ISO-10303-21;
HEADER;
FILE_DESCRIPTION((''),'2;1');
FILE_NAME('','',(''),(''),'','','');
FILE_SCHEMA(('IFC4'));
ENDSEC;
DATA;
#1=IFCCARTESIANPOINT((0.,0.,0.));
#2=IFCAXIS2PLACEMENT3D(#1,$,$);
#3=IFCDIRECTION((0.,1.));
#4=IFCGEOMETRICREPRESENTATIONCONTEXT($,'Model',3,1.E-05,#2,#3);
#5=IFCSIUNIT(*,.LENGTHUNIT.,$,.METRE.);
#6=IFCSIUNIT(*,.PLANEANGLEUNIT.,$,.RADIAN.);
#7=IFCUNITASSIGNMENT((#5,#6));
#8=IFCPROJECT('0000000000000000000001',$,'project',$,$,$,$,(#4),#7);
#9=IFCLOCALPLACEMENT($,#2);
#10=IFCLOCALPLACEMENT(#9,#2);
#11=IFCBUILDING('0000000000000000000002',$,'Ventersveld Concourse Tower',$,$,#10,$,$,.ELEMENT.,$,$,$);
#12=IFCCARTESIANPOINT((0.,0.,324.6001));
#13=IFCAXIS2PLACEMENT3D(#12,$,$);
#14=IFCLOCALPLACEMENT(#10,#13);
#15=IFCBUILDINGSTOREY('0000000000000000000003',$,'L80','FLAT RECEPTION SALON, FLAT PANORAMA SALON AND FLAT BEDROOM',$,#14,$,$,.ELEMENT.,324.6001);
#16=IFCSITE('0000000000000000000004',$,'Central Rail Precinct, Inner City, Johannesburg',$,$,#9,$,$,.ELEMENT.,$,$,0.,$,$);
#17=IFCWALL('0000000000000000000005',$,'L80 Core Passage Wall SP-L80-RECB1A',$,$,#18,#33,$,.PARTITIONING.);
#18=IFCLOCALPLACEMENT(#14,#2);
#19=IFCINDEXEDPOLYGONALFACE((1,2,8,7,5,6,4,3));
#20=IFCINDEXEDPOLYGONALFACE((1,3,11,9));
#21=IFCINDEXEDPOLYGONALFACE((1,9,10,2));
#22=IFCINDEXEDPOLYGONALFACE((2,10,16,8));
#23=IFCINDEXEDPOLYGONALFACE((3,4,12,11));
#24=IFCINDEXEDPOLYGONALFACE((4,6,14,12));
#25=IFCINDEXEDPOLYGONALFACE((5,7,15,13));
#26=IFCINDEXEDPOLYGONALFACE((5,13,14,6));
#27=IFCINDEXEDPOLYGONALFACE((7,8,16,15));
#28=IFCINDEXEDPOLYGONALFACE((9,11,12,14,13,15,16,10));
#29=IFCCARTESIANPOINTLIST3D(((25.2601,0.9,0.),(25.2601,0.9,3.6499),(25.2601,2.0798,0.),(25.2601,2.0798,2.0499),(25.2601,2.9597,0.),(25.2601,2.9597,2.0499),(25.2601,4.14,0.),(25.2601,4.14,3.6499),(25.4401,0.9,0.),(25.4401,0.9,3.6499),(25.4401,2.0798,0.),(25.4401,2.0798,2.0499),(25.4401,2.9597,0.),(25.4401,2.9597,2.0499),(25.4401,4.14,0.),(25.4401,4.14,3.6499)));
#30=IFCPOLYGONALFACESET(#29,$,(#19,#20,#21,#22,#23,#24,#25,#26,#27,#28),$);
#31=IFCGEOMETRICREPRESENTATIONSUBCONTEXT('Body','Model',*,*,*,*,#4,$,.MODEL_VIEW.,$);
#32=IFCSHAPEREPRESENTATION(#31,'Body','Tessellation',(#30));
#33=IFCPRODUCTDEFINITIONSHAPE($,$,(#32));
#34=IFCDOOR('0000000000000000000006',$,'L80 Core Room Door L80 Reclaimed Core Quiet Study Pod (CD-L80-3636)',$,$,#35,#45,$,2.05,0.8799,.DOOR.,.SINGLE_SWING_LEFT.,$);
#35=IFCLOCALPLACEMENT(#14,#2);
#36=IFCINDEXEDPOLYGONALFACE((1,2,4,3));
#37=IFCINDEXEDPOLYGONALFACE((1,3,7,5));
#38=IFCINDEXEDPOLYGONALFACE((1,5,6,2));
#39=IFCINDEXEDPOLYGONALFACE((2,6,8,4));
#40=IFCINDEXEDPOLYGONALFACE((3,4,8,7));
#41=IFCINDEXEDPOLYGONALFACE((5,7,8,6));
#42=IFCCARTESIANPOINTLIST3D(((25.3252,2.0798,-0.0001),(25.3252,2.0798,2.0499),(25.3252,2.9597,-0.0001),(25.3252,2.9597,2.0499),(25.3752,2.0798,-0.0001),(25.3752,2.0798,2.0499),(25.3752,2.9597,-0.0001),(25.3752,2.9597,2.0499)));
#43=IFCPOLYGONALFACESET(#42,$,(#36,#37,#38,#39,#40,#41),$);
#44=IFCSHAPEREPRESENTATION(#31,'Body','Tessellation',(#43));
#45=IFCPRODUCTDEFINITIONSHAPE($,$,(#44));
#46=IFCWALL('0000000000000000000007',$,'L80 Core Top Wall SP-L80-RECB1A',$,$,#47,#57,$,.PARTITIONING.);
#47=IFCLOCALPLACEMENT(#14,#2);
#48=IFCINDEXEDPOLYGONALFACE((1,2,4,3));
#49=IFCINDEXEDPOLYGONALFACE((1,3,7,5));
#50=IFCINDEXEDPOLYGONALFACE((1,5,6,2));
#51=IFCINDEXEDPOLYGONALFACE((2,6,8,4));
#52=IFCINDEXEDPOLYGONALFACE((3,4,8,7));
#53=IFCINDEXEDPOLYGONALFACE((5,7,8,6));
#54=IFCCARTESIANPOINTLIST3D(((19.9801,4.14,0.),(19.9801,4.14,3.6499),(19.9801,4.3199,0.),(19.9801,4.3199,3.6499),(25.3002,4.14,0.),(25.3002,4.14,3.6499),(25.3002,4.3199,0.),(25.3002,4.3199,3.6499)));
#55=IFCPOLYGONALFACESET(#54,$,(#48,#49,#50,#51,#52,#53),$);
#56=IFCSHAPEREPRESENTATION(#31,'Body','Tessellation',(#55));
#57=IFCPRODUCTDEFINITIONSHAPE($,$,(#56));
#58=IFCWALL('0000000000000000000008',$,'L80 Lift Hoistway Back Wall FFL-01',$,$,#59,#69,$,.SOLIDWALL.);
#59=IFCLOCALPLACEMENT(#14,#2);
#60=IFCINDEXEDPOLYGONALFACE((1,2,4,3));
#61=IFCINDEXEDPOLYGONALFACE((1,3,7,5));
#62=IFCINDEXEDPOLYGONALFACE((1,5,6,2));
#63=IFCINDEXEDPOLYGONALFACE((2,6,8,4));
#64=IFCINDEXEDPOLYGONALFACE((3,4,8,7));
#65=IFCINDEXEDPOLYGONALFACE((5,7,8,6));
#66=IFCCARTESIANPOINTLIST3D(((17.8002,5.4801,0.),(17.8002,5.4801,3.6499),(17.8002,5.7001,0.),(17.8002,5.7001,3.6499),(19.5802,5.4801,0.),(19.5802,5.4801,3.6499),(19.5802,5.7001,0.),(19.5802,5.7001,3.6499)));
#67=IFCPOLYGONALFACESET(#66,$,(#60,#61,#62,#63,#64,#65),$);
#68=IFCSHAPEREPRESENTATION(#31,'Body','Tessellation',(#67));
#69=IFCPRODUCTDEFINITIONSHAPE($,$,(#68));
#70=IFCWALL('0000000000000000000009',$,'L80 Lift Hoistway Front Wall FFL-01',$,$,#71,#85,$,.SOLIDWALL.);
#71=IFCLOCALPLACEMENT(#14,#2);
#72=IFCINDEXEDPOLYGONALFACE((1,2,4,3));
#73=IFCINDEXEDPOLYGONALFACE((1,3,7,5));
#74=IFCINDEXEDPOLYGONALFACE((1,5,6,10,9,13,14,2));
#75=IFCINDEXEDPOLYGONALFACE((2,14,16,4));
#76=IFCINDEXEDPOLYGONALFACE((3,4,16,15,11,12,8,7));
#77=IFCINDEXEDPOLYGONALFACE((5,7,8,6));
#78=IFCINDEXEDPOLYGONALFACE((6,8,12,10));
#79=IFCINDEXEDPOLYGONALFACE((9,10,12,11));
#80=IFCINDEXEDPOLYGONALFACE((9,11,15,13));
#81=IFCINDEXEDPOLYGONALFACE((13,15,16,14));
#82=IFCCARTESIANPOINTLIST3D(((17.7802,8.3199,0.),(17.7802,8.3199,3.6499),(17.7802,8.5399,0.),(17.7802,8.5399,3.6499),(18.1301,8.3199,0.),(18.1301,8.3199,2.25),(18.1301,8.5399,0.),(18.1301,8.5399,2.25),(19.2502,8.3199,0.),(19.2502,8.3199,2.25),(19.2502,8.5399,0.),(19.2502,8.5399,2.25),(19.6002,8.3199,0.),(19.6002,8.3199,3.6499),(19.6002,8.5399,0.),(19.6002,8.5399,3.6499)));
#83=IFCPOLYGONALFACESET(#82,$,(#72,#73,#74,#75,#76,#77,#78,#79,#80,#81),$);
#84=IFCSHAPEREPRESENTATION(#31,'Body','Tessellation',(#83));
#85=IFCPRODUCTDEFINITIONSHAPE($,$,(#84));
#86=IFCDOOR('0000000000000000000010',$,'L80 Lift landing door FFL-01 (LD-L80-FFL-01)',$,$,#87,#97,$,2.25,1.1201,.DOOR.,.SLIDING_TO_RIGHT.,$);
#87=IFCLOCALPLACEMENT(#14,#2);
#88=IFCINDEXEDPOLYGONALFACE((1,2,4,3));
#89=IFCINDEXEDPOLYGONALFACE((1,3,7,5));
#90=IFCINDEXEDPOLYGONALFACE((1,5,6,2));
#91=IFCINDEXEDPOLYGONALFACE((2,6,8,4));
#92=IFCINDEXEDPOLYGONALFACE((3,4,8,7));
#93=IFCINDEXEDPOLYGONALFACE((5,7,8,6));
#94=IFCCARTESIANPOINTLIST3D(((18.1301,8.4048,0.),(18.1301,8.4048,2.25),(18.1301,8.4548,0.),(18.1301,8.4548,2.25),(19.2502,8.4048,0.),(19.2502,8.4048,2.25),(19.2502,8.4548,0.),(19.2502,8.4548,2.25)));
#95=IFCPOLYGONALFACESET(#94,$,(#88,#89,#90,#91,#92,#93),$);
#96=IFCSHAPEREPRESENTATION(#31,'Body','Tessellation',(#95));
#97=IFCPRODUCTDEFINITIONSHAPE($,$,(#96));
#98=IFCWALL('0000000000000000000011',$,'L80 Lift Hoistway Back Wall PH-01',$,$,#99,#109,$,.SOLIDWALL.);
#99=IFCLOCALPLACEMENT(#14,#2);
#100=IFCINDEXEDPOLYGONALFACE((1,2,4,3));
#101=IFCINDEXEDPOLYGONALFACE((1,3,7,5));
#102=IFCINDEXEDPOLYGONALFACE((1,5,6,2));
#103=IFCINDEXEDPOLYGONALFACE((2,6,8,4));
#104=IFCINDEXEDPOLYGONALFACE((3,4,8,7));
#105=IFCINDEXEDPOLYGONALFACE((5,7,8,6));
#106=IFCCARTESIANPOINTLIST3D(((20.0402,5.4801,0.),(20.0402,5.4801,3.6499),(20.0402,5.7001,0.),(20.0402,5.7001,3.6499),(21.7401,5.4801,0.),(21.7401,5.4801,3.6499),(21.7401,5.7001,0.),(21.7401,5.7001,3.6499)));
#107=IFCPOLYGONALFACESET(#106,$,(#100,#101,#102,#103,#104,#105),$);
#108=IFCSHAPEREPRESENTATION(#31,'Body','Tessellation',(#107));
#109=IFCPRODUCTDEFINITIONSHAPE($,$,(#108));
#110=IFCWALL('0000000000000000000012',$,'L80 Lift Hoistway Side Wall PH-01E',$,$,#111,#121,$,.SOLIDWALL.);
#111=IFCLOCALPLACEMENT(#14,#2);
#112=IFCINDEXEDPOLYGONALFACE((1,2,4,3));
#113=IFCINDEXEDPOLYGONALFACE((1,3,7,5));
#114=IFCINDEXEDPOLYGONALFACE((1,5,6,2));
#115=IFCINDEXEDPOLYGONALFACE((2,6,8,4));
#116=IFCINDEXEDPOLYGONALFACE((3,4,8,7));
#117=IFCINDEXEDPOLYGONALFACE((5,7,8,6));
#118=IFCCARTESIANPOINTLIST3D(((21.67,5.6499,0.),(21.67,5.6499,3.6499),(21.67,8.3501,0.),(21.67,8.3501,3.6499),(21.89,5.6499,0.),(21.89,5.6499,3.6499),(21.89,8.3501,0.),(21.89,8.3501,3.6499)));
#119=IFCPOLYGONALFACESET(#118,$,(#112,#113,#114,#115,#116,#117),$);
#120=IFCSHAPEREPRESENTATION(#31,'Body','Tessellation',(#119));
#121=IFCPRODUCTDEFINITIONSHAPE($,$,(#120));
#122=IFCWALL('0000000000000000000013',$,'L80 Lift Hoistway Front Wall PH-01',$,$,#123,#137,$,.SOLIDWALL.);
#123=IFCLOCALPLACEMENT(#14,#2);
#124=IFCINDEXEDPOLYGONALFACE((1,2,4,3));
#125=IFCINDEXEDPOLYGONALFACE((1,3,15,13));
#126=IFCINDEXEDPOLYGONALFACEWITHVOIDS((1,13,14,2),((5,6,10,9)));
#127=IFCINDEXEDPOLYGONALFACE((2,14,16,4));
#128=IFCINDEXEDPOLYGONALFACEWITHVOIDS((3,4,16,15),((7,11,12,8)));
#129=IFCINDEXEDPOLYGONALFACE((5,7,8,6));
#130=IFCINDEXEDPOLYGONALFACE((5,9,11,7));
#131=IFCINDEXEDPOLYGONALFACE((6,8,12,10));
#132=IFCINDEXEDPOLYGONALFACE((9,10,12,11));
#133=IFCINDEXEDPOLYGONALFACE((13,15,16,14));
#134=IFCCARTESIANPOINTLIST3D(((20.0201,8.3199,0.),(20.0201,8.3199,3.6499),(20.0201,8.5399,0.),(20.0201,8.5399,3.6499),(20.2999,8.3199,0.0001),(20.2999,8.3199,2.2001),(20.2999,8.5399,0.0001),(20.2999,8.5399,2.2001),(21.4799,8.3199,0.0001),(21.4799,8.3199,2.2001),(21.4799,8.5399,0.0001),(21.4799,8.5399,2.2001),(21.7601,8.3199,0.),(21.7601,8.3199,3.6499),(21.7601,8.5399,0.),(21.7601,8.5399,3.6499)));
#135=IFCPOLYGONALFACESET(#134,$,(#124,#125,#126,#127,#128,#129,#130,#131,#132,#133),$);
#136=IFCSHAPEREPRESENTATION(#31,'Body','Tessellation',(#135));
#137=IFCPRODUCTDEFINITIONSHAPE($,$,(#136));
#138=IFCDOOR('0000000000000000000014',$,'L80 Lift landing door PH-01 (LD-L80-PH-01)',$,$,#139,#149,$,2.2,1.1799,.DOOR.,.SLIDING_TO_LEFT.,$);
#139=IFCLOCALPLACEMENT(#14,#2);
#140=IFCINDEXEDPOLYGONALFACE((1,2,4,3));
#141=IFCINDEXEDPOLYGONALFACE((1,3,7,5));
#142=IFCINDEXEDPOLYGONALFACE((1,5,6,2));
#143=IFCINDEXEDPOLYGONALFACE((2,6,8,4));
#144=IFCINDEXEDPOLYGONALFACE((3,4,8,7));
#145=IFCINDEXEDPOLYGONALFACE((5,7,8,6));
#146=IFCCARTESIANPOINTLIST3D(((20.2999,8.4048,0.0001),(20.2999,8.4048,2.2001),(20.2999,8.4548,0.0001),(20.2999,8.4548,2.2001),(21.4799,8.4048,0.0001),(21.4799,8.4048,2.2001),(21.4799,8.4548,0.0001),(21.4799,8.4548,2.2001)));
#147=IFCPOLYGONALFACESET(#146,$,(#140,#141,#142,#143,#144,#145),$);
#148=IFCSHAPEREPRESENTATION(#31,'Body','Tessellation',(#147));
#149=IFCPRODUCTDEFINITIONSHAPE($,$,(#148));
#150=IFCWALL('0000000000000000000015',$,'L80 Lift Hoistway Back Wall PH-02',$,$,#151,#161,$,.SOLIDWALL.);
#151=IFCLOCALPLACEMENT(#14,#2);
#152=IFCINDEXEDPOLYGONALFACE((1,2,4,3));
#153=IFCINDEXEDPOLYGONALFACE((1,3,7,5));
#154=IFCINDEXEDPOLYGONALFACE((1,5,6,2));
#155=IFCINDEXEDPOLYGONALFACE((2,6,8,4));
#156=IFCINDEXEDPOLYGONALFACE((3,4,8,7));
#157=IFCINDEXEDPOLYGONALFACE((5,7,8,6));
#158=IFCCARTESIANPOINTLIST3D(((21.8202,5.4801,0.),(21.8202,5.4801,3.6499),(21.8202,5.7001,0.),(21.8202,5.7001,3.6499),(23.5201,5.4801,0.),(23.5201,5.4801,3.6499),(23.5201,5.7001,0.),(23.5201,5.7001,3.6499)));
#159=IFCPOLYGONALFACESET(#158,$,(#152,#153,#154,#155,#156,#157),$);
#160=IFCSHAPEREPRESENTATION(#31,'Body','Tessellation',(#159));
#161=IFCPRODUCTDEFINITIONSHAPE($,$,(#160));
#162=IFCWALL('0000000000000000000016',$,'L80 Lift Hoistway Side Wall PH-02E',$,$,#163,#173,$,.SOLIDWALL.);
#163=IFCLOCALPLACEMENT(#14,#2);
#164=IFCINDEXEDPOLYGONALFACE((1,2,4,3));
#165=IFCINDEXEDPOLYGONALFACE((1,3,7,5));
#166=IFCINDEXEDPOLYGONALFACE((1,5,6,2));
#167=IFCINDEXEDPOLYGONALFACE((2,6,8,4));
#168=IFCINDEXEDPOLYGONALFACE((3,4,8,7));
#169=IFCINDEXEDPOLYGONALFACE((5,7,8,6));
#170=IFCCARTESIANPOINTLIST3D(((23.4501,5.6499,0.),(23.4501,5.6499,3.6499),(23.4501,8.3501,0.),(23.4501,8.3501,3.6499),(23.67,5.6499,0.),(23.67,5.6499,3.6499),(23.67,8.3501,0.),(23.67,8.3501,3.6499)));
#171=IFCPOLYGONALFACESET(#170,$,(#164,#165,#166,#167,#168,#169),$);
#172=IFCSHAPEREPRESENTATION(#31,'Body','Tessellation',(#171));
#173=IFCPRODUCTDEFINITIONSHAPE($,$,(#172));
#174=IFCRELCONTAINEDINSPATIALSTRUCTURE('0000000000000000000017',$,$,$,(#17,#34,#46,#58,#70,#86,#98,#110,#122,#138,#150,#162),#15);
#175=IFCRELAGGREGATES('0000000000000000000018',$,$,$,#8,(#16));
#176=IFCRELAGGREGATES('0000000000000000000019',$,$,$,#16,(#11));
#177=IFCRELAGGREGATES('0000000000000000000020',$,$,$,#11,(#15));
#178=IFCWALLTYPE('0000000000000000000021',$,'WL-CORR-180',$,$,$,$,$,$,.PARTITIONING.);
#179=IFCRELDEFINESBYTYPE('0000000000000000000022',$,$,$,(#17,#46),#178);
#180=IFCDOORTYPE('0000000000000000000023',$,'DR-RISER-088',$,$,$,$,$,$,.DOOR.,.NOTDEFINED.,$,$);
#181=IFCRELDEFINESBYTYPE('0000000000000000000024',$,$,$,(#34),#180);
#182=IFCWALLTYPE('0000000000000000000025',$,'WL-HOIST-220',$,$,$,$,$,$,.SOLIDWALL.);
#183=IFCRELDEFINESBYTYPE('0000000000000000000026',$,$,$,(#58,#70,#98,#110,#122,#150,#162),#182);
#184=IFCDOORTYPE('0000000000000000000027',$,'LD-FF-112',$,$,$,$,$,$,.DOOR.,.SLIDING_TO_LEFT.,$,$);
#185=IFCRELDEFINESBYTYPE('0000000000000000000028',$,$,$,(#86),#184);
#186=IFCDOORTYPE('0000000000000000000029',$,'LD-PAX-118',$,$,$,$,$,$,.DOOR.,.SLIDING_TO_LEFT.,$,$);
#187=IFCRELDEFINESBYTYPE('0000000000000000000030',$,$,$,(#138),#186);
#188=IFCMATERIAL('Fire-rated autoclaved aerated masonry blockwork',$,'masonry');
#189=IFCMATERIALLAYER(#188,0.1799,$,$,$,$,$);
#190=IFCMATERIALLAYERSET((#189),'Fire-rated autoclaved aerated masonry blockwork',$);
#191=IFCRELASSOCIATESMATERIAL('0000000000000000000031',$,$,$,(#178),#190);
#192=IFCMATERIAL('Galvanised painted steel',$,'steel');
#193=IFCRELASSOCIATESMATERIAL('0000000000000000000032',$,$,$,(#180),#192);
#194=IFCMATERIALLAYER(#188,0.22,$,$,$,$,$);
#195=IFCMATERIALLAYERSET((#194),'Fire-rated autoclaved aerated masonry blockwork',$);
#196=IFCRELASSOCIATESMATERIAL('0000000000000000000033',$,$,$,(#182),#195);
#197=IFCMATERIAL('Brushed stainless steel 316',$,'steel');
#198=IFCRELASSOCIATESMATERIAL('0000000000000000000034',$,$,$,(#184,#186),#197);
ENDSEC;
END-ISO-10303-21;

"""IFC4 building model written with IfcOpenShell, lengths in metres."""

from ifc_helpers import new_model, si_unit, direction, frame, frame_2d, origin, place, context, subcontext, project, spatial, rectangle, extrude, material, layer, layer_set, type_object, element, fill, save


model = new_model("IFC4")

# Units and contexts
model_context = context("Model", 3, precision=1e-05, world=origin(), true_north=direction((0.0, 1.0)))
body_context = subcontext(model_context, "Body", "Model", "MODEL_VIEW")
ifc_project = project(units=[si_unit("LENGTHUNIT", "METRE"), si_unit("PLANEANGLEUNIT", "RADIAN")], contexts=[model_context])

# Site, building, storey
site_placement = place(None, origin())
site = spatial("IfcSite", under=ifc_project, at=site_placement, Name="Central Rail Precinct, Inner City, Johannesburg", CompositionType="ELEMENT", RefElevation=0.0)
building_placement = place(site_placement, origin())
building = spatial("IfcBuilding", under=site, at=building_placement, Name="Ventersveld Concourse Tower", CompositionType="ELEMENT")
storey_placement = place(building_placement, frame((0.0, 0.0, 324.6001)))
storey = spatial("IfcBuildingStorey", under=building, at=storey_placement, Name="L80", Description="FLAT RECEPTION SALON, FLAT PANORAMA SALON AND FLAT BEDROOM", CompositionType="ELEMENT", Elevation=324.6001)

# Wall, opening, door
ifc_material_1 = material(Name="Fire-rated autoclaved aerated masonry blockwork", Category="masonry")
ifc_layer_1 = layer(ifc_material_1, 0.1799)
ifc_layer_set_1 = layer_set([ifc_layer_1], Name="Fire-rated autoclaved aerated masonry blockwork")
wall_type_1 = type_object("IfcWallType", Name="WL-CORR-180", PredefinedType="PARTITIONING", material=ifc_layer_set_1)
wall_1_placement = place(storey_placement, frame((25.3501, 0.8999, 0.0), z_axis=(0.0, 0.0, 1.0), x_axis=(0.0, 1.0, 0.0)))
wall_1 = element("IfcWall", 1, at=wall_1_placement, inside=storey, type_object=wall_type_1, Name="L80 Core Passage Wall SP-L80-RECB1A", PredefinedType="PARTITIONING", context=body_context, shape_type="SweptSolid", body=[
    extrude(rectangle(XDim=3.24, YDim=0.1799, at=frame_2d((1.6201, 0.0))), origin(), (0.0, 0.0, 1.0), 3.6499),
])
opening_1_placement = place(wall_1_placement, frame((1.1799, 0.0, 0.0)))
opening_1 = element("IfcOpeningElement", 2, at=opening_1_placement, cuts=wall_1, PredefinedType="OPENING", context=body_context, shape_type="SweptSolid", body=[
    extrude(rectangle(XDim=0.8799, YDim=2.05, at=frame_2d((0.4399, 1.0249))), frame((0.0, 0.1001, 0.0), z_axis=(0.0, -1.0, 0.0), x_axis=(1.0, 0.0, 0.0)), (0.0, 0.0, 1.0), 0.2),
])
ifc_material_2 = material(Name="Galvanised painted steel", Category="steel")
door_type_1 = type_object("IfcDoorType", Name="DR-RISER-088", OperationType="NOTDEFINED", PredefinedType="DOOR", material=ifc_material_2)
door_1_placement = place(opening_1_placement, origin())
door_1 = element("IfcDoor", 3, at=door_1_placement, inside=storey, type_object=door_type_1, Name="L80 Core Room Door L80 Reclaimed Core Quiet Study Pod (CD-L80-3636)", OperationType="SINGLE_SWING_LEFT", OverallHeight=2.05, OverallWidth=0.8799, PredefinedType="DOOR", context=body_context, shape_type="SweptSolid", body=[
    extrude(rectangle(XDim=0.8799, YDim=2.05, at=frame_2d((0.4399, 1.0249))), frame((0.0, 0.0249, 0.0), z_axis=(0.0, -1.0, 0.0), x_axis=(1.0, 0.0, 0.0)), (0.0, 0.0, 1.0), 0.05),
])
fill(opening_1, door_1)

# Walls
wall_2_placement = place(storey_placement, frame((19.98, 4.23, 0.0), z_axis=(0.0, 0.0, 1.0), x_axis=(1.0, 0.0, 0.0)))
element("IfcWall", 4, at=wall_2_placement, inside=storey, type_object=wall_type_1, Name="L80 Core Top Wall SP-L80-RECB1A", PredefinedType="PARTITIONING", context=body_context, shape_type="SweptSolid", body=[
    extrude(rectangle(XDim=5.3201, YDim=0.1799, at=frame_2d((2.6602, 0.0))), origin(), (0.0, 0.0, 1.0), 3.6499),
])
ifc_layer_2 = layer(ifc_material_1, 0.22)
ifc_layer_set_2 = layer_set([ifc_layer_2], Name="Fire-rated autoclaved aerated masonry blockwork")
wall_type_2 = type_object("IfcWallType", Name="WL-HOIST-220", PredefinedType="SOLIDWALL", material=ifc_layer_set_2)
wall_3_placement = place(storey_placement, frame((17.8, 5.5901, 0.0), z_axis=(0.0, 0.0, 1.0), x_axis=(1.0, 0.0, 0.0)))
element("IfcWall", 5, at=wall_3_placement, inside=storey, type_object=wall_type_2, Name="L80 Lift Hoistway Back Wall FFL-01", PredefinedType="SOLIDWALL", context=body_context, shape_type="SweptSolid", body=[
    extrude(rectangle(XDim=1.78, YDim=0.22, at=frame_2d((0.8901, 0.0))), origin(), (0.0, 0.0, 1.0), 3.6499),
])

# Wall, opening, door
wall_4_placement = place(storey_placement, frame((17.78, 8.4299, 0.0), z_axis=(0.0, 0.0, 1.0), x_axis=(1.0, 0.0, 0.0)))
wall_4 = element("IfcWall", 6, at=wall_4_placement, inside=storey, type_object=wall_type_2, Name="L80 Lift Hoistway Front Wall FFL-01", PredefinedType="SOLIDWALL", context=body_context, shape_type="SweptSolid", body=[
    extrude(rectangle(XDim=1.8201, YDim=0.22, at=frame_2d((0.9102, 0.0))), origin(), (0.0, 0.0, 1.0), 3.6499),
])
opening_2_placement = place(wall_4_placement, frame((0.3501, 0.0, 0.0)))
opening_2 = element("IfcOpeningElement", 7, at=opening_2_placement, cuts=wall_4, PredefinedType="OPENING", context=body_context, shape_type="SweptSolid", body=[
    extrude(rectangle(XDim=1.1201, YDim=2.25, at=frame_2d((0.5601, 1.125))), frame((0.0, 0.1201, 0.0), z_axis=(0.0, -1.0, 0.0), x_axis=(1.0, 0.0, 0.0)), (0.0, 0.0, 1.0), 0.24),
])
ifc_material_3 = material(Name="Brushed stainless steel 316", Category="steel")
door_type_2 = type_object("IfcDoorType", Name="LD-FF-112", OperationType="SLIDING_TO_LEFT", PredefinedType="DOOR", material=ifc_material_3)
door_2_placement = place(opening_2_placement, origin())
door_2 = element("IfcDoor", 8, at=door_2_placement, inside=storey, type_object=door_type_2, Name="L80 Lift landing door FFL-01 (LD-L80-FFL-01)", OperationType="SLIDING_TO_RIGHT", OverallHeight=2.25, OverallWidth=1.1201, PredefinedType="DOOR", context=body_context, shape_type="SweptSolid", body=[
    extrude(rectangle(XDim=1.1201, YDim=2.25, at=frame_2d((0.5601, 1.125))), frame((0.0, 0.0249, 0.0), z_axis=(0.0, -1.0, 0.0), x_axis=(1.0, 0.0, 0.0)), (0.0, 0.0, 1.0), 0.05),
])
fill(opening_2, door_2)

# Walls
wall_5_placement = place(storey_placement, frame((20.04, 5.5901, 0.0), z_axis=(0.0, 0.0, 1.0), x_axis=(1.0, 0.0, 0.0)))
element("IfcWall", 9, at=wall_5_placement, inside=storey, type_object=wall_type_2, Name="L80 Lift Hoistway Back Wall PH-01", PredefinedType="SOLIDWALL", context=body_context, shape_type="SweptSolid", body=[
    extrude(rectangle(XDim=1.7, YDim=0.22, at=frame_2d((0.8501, 0.0))), origin(), (0.0, 0.0, 1.0), 3.6499),
])
wall_6_placement = place(storey_placement, frame((21.78, 5.6499, 0.0), z_axis=(0.0, 0.0, 1.0), x_axis=(0.0, 1.0, 0.0)))
element("IfcWall", 10, at=wall_6_placement, inside=storey, type_object=wall_type_2, Name="L80 Lift Hoistway Side Wall PH-01E", PredefinedType="SOLIDWALL", context=body_context, shape_type="SweptSolid", body=[
    extrude(rectangle(XDim=2.7002, YDim=0.22, at=frame_2d((1.3501, 0.0))), origin(), (0.0, 0.0, 1.0), 3.6499),
])

# Wall, opening, door
wall_7_placement = place(storey_placement, frame((20.02, 8.4299, 0.0), z_axis=(0.0, 0.0, 1.0), x_axis=(1.0, 0.0, 0.0)))
wall_7 = element("IfcWall", 11, at=wall_7_placement, inside=storey, type_object=wall_type_2, Name="L80 Lift Hoistway Front Wall PH-01", PredefinedType="SOLIDWALL", context=body_context, shape_type="SweptSolid", body=[
    extrude(rectangle(XDim=1.74, YDim=0.22, at=frame_2d((0.8701, 0.0))), origin(), (0.0, 0.0, 1.0), 3.6499),
])
opening_3_placement = place(wall_7_placement, frame((0.28, 0.0, 0.0)))
opening_3 = element("IfcOpeningElement", 12, at=opening_3_placement, cuts=wall_7, PredefinedType="OPENING", context=body_context, shape_type="SweptSolid", body=[
    extrude(rectangle(XDim=1.1799, YDim=2.2, at=frame_2d((0.5898, 1.1001))), frame((0.0, 0.1201, 0.0), z_axis=(0.0, -1.0, 0.0), x_axis=(1.0, 0.0, 0.0)), (0.0, 0.0, 1.0), 0.24),
])
door_type_3 = type_object("IfcDoorType", Name="LD-PAX-118", OperationType="SLIDING_TO_LEFT", PredefinedType="DOOR", material=ifc_material_3)
door_3_placement = place(opening_3_placement, origin())
door_3 = element("IfcDoor", 13, at=door_3_placement, inside=storey, type_object=door_type_3, Name="L80 Lift landing door PH-01 (LD-L80-PH-01)", OperationType="SLIDING_TO_LEFT", OverallHeight=2.2, OverallWidth=1.1799, PredefinedType="DOOR", context=body_context, shape_type="SweptSolid", body=[
    extrude(rectangle(XDim=1.1799, YDim=2.2, at=frame_2d((0.5898, 1.1001))), frame((0.0, 0.0249, 0.0), z_axis=(0.0, -1.0, 0.0), x_axis=(1.0, 0.0, 0.0)), (0.0, 0.0, 1.0), 0.05),
])
fill(opening_3, door_3)

# Walls
wall_8_placement = place(storey_placement, frame((21.8201, 5.5901, 0.0), z_axis=(0.0, 0.0, 1.0), x_axis=(1.0, 0.0, 0.0)))
element("IfcWall", 14, at=wall_8_placement, inside=storey, type_object=wall_type_2, Name="L80 Lift Hoistway Back Wall PH-02", PredefinedType="SOLIDWALL", context=body_context, shape_type="SweptSolid", body=[
    extrude(rectangle(XDim=1.7, YDim=0.22, at=frame_2d((0.8501, 0.0))), origin(), (0.0, 0.0, 1.0), 3.6499),
])
wall_9_placement = place(storey_placement, frame((23.5601, 5.6499, 0.0), z_axis=(0.0, 0.0, 1.0), x_axis=(0.0, 1.0, 0.0)))
element("IfcWall", 15, at=wall_9_placement, inside=storey, type_object=wall_type_2, Name="L80 Lift Hoistway Side Wall PH-02E", PredefinedType="SOLIDWALL", context=body_context, shape_type="SweptSolid", body=[
    extrude(rectangle(XDim=2.7002, YDim=0.22, at=frame_2d((1.3501, 0.0))), origin(), (0.0, 0.0, 1.0), 3.6499),
])

save(model, "model.ifc")
